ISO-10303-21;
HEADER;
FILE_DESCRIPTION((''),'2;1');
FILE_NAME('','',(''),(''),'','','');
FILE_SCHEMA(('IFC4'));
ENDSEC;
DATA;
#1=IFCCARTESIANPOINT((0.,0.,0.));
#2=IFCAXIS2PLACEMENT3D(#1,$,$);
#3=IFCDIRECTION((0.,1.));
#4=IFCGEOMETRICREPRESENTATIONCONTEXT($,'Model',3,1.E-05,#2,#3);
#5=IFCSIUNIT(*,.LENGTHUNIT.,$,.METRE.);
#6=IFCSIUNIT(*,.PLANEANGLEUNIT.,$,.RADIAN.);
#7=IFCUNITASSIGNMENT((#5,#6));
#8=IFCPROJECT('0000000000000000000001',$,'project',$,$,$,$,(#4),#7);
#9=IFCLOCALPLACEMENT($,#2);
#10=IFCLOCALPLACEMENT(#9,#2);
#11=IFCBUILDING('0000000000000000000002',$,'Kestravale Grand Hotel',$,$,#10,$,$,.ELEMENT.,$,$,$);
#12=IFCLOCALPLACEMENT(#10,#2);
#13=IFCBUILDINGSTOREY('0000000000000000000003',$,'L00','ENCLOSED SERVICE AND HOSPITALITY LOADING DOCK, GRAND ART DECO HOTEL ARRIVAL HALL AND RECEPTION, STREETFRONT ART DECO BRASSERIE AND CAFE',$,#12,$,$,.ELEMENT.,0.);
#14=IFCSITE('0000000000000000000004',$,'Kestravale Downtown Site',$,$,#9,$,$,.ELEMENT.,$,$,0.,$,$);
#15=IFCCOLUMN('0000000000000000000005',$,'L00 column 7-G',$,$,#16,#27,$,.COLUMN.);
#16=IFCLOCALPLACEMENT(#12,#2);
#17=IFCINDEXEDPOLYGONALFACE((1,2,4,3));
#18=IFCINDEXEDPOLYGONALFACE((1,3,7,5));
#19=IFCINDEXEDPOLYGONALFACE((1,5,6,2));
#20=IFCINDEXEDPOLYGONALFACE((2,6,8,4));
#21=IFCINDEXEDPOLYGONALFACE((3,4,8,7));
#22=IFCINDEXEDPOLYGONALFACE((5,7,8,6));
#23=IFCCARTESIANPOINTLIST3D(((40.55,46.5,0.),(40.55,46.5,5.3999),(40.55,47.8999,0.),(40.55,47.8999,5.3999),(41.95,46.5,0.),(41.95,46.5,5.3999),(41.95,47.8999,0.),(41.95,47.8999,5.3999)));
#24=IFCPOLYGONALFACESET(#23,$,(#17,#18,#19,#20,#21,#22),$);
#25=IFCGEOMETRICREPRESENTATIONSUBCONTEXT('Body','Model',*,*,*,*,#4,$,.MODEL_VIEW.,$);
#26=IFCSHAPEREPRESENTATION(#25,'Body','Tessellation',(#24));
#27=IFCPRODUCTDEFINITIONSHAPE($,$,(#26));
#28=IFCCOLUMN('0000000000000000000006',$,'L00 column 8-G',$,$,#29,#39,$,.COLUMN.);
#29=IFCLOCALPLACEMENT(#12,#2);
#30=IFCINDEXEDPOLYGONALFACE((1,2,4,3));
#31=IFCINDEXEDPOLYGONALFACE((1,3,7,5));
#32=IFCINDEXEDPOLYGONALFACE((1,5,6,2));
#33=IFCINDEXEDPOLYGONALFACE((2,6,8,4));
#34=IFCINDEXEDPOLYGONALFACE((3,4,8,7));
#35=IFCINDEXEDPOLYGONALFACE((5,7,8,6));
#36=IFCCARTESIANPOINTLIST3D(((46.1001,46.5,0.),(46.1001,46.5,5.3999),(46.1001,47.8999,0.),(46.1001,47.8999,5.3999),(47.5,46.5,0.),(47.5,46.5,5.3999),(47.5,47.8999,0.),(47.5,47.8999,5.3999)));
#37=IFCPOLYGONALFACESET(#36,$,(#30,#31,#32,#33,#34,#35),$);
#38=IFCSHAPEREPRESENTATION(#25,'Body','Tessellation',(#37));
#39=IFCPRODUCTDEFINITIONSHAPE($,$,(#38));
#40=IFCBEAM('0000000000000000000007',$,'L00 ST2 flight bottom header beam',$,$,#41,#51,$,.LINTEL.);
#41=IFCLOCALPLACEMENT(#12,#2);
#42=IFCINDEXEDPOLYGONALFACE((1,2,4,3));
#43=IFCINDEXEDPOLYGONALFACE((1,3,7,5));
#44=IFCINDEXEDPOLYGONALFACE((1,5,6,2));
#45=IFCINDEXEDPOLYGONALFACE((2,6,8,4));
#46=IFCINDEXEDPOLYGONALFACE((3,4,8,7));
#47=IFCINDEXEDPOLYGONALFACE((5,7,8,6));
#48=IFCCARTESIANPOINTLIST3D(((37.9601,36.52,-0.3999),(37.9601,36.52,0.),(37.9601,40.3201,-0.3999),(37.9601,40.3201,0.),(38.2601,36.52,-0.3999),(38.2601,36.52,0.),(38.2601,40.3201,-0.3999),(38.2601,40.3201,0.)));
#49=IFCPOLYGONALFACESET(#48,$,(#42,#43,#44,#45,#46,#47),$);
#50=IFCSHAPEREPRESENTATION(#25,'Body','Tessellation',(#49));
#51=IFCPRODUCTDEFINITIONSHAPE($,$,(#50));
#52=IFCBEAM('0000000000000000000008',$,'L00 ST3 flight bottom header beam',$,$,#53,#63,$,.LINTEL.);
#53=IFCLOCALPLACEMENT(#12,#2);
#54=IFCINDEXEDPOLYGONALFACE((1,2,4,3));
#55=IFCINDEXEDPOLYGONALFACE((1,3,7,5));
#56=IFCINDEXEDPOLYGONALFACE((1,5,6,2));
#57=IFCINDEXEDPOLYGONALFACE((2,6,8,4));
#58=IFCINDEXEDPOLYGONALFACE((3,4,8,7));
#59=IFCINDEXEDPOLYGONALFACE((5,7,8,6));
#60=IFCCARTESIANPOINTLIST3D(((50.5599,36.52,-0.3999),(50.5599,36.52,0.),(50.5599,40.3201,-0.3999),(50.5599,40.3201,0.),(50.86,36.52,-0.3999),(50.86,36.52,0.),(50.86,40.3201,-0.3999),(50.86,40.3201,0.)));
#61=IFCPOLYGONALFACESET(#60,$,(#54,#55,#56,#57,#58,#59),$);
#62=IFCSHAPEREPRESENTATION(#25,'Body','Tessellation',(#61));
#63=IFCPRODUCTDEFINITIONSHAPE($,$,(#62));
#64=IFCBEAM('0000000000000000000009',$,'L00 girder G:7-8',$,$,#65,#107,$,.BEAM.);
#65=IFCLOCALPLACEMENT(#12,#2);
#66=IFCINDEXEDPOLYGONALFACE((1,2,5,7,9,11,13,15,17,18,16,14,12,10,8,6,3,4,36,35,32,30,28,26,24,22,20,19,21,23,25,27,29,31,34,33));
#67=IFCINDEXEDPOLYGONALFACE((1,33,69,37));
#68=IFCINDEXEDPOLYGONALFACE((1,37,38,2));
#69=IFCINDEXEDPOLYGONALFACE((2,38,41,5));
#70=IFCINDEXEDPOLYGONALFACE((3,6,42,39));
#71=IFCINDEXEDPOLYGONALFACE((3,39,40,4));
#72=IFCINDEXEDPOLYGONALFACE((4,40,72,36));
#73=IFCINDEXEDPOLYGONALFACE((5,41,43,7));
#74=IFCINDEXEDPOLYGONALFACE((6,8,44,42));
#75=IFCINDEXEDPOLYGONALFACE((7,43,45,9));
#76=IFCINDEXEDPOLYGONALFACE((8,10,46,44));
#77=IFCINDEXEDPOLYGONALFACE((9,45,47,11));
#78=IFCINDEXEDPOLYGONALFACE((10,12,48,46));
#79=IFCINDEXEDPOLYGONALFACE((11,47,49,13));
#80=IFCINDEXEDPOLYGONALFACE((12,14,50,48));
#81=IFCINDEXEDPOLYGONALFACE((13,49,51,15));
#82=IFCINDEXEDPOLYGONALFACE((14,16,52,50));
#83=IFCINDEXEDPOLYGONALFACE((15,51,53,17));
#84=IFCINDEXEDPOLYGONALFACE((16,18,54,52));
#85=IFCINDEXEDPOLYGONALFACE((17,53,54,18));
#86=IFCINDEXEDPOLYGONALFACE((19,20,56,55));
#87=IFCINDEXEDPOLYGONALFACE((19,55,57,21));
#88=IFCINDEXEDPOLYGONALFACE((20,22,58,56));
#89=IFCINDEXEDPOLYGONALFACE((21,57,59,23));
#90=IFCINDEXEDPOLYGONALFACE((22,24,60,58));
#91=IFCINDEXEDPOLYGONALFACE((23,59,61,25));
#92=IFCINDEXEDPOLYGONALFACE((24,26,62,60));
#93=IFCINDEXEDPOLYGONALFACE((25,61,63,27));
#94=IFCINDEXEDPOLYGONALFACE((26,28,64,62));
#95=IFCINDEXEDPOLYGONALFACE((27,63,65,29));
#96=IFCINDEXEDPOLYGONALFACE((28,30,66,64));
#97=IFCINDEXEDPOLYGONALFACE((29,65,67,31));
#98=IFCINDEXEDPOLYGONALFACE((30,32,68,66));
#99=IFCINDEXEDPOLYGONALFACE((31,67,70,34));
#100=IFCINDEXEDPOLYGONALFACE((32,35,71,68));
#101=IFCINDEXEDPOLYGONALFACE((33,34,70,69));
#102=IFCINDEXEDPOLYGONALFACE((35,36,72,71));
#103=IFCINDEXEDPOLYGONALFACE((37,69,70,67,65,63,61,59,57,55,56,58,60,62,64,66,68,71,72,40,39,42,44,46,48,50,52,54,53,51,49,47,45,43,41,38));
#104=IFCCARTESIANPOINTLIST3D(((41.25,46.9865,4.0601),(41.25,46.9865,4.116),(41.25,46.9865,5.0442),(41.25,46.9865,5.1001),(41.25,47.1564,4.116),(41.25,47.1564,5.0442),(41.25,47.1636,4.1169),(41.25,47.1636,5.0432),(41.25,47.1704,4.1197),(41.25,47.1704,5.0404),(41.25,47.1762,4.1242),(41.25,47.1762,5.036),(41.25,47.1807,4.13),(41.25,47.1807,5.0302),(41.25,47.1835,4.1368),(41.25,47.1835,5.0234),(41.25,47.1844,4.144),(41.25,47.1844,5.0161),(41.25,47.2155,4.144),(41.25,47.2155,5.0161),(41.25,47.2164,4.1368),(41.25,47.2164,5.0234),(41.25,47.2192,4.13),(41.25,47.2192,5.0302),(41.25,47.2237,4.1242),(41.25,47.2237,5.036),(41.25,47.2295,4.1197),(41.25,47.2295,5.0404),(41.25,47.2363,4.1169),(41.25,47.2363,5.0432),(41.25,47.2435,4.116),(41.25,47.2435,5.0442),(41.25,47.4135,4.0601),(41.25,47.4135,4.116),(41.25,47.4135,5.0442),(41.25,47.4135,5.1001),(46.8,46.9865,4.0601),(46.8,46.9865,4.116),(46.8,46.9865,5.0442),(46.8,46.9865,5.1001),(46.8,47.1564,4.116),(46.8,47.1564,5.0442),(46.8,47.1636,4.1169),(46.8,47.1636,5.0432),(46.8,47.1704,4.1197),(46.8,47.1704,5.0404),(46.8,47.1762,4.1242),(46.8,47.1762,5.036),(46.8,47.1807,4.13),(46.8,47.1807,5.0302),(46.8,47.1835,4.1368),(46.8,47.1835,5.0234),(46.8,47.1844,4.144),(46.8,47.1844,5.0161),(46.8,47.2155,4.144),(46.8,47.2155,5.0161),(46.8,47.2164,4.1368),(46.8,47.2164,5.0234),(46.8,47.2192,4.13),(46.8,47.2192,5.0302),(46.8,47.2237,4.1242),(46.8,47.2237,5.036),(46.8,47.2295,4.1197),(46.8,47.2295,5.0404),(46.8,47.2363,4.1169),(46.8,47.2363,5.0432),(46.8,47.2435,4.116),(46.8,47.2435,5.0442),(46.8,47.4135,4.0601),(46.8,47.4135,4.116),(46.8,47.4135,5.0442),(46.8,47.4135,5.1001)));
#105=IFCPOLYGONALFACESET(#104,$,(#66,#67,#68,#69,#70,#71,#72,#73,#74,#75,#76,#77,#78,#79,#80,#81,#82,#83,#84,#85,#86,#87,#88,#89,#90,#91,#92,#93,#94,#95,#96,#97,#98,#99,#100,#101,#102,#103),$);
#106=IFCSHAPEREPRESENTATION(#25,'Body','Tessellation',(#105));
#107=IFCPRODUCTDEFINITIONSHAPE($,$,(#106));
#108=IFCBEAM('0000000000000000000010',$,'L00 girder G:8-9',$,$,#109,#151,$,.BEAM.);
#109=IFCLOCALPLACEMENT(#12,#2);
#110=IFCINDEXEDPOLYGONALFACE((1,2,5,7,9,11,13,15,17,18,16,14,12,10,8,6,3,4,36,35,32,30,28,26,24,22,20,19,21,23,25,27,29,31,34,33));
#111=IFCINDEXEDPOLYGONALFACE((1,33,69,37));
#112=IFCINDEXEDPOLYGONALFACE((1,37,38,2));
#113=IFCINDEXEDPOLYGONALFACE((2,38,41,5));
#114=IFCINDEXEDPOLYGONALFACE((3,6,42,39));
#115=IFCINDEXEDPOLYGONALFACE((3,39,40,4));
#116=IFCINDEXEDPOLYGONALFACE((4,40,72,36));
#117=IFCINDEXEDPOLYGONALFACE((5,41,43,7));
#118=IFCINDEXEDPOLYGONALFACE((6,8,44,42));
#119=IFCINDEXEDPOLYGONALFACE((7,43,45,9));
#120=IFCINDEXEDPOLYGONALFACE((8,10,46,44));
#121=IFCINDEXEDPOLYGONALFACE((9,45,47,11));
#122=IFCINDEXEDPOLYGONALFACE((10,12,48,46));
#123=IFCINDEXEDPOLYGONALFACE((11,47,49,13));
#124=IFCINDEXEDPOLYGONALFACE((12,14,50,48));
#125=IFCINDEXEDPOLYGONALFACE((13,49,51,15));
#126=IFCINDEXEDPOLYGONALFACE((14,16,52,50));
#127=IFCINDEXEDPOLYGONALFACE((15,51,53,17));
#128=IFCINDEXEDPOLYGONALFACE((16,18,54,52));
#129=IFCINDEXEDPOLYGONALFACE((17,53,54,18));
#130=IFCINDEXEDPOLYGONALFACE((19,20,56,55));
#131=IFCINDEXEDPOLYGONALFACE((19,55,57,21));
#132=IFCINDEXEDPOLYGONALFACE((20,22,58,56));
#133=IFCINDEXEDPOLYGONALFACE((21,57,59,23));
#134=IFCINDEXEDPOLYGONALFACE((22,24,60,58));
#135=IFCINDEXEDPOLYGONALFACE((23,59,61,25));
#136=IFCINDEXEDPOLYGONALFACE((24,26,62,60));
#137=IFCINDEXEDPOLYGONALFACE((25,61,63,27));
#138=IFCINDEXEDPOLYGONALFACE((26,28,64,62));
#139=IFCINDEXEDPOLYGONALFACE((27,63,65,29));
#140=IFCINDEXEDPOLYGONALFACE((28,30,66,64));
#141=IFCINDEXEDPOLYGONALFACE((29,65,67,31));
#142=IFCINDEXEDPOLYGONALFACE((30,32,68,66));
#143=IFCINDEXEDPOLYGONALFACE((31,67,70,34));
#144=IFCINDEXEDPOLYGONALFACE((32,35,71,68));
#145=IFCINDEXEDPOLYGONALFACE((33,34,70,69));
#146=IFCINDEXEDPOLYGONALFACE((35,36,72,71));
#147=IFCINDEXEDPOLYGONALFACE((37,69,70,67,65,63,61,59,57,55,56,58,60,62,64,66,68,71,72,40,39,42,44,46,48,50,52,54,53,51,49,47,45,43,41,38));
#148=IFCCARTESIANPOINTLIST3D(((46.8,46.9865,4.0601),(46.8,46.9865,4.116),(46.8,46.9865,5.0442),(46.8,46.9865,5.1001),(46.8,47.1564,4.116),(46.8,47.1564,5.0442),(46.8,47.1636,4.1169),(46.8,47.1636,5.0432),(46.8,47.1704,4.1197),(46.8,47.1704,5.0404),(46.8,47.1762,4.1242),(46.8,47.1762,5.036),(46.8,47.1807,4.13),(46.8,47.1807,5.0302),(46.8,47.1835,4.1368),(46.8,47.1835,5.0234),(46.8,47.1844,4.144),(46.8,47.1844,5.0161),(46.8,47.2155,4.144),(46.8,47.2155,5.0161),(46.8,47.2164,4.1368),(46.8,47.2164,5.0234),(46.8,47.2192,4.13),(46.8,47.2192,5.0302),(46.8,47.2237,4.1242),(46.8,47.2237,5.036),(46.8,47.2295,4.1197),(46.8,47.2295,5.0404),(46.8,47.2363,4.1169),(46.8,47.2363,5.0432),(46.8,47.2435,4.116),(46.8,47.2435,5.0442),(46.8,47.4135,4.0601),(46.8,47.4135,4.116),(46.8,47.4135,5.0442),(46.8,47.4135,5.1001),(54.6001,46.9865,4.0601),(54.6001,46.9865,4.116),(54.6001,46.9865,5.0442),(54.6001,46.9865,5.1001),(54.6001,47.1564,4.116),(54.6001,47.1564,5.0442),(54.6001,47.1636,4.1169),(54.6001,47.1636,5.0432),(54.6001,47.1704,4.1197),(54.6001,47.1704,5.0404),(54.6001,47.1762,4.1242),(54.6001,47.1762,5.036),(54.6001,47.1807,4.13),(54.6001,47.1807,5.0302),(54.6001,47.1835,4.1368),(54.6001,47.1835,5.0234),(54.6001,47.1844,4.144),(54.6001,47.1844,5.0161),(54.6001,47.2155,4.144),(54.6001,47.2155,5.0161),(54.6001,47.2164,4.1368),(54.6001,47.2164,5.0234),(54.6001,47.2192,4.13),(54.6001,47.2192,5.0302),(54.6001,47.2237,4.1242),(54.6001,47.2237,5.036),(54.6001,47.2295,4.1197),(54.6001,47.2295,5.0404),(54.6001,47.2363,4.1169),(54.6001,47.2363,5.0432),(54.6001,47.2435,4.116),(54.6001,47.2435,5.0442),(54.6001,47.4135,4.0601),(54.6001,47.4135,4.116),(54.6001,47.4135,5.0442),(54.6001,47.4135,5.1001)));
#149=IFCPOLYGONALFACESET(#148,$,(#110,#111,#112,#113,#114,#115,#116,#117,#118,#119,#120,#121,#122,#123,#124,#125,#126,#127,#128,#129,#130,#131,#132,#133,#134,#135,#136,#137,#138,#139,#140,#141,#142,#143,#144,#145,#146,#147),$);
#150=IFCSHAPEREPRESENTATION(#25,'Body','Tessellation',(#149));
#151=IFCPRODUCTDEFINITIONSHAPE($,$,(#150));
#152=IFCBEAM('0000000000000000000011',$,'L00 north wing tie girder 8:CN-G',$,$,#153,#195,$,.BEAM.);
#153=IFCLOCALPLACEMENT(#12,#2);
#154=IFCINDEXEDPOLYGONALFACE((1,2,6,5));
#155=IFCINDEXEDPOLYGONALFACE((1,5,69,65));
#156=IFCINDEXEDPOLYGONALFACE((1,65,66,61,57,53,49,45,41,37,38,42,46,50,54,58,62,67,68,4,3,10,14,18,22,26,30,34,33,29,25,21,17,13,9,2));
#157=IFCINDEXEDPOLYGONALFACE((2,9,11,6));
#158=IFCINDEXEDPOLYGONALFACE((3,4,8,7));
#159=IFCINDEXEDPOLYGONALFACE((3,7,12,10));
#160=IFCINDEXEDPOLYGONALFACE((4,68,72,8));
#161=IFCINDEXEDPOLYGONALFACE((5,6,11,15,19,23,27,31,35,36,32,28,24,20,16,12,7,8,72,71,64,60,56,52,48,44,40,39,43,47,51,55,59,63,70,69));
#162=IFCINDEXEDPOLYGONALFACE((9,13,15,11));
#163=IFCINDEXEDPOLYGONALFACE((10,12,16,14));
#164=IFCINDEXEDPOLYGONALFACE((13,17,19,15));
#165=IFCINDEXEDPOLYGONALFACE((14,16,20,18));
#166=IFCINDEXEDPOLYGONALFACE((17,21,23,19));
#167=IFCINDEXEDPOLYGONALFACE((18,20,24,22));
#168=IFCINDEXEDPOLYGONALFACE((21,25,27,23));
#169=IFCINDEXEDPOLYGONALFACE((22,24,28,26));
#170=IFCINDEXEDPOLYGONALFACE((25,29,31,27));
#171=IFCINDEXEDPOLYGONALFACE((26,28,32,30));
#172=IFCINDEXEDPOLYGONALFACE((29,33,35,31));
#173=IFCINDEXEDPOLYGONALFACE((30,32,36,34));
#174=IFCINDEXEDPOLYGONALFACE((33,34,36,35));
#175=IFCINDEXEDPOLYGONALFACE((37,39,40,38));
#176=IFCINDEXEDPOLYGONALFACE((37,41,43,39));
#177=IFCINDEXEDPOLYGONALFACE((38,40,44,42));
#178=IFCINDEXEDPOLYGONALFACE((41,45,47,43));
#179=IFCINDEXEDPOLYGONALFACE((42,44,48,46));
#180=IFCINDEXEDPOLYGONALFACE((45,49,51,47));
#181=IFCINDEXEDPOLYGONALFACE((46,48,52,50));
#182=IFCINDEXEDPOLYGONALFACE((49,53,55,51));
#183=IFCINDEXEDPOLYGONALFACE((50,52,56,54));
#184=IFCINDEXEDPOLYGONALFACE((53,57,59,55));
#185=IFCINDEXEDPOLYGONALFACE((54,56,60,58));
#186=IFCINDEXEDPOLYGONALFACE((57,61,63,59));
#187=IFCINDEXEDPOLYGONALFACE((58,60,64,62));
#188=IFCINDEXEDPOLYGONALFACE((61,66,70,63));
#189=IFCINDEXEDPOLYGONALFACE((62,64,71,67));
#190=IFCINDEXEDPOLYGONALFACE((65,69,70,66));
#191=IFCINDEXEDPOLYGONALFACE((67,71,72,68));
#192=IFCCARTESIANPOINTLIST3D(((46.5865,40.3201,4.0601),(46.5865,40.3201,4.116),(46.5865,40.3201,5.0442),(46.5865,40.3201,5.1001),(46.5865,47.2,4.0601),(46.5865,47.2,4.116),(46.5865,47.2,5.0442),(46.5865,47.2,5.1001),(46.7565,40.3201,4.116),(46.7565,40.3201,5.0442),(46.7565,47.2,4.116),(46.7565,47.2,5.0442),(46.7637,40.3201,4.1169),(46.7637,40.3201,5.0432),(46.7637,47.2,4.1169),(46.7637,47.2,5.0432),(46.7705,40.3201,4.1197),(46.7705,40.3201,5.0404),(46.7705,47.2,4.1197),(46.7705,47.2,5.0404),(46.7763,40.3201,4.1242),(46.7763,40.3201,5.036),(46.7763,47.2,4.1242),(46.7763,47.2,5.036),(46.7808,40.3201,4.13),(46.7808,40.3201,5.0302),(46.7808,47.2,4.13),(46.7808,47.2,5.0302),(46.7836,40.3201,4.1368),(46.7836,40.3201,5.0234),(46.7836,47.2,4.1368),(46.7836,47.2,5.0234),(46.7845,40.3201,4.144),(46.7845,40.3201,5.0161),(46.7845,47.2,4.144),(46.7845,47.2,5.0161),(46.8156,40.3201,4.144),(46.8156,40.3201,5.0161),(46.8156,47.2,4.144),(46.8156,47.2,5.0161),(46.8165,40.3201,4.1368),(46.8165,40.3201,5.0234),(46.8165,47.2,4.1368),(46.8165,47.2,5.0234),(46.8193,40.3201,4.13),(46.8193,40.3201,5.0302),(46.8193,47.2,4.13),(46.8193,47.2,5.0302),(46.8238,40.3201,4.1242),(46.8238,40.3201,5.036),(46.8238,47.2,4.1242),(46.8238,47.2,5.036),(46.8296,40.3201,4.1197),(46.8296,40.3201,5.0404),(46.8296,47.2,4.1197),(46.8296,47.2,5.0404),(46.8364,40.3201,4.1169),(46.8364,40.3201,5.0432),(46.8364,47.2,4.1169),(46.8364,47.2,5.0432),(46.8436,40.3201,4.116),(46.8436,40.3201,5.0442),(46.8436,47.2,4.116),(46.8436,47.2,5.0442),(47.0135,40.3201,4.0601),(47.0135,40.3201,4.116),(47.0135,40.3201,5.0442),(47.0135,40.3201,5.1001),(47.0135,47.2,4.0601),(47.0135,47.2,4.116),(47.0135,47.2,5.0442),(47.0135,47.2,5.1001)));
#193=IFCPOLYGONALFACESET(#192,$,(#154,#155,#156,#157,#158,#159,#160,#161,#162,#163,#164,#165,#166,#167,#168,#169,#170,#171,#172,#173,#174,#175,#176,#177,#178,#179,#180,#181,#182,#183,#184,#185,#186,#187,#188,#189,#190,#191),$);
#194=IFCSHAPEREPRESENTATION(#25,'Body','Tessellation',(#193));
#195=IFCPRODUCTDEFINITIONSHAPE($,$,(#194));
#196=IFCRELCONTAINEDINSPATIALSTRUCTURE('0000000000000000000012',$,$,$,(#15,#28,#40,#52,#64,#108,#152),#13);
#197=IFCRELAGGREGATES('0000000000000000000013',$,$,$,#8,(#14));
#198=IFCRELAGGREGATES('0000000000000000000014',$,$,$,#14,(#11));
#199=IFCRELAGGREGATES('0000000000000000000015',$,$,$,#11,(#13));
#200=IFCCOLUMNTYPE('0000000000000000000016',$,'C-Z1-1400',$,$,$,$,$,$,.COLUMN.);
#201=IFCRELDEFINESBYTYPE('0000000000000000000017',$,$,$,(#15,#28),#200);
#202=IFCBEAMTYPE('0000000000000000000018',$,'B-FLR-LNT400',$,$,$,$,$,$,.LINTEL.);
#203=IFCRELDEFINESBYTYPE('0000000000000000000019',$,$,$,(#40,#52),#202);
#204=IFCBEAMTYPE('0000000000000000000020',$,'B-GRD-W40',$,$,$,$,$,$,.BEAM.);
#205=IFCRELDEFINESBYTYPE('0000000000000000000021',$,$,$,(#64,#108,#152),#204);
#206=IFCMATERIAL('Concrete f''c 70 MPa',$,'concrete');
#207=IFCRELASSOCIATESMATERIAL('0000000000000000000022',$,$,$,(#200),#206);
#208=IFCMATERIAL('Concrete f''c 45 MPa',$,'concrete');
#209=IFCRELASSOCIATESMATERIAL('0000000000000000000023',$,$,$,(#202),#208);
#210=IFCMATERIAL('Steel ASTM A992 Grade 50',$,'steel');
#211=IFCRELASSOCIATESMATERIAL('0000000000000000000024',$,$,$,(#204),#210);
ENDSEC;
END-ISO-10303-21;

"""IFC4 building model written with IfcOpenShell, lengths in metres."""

from ifc_helpers import new_model, si_unit, direction, frame, origin, origin_2d, place, context, subcontext, project, spatial, rectangle, i_section, extrude, material, material_profile, profile_set, type_object, element, save


model = new_model("IFC4")

# Units and contexts
model_context = context("Model", 3, precision=1e-05, world=origin(), true_north=direction((0.0, 1.0)))
body_context = subcontext(model_context, "Body", "Model", "MODEL_VIEW")
ifc_project = project(units=[si_unit("LENGTHUNIT", "METRE"), si_unit("PLANEANGLEUNIT", "RADIAN")], contexts=[model_context])

# Site, building, storey
site_placement = place(None, origin())
site = spatial("IfcSite", under=ifc_project, at=site_placement, Name="Kestravale Downtown Site", CompositionType="ELEMENT", RefElevation=0.0)
building_placement = place(site_placement, origin())
building = spatial("IfcBuilding", under=site, at=building_placement, Name="Kestravale Grand Hotel", CompositionType="ELEMENT")
storey_placement = place(building_placement, origin())
storey = spatial("IfcBuildingStorey", under=building, at=storey_placement, Name="L00", Description="ENCLOSED SERVICE AND HOSPITALITY LOADING DOCK, GRAND ART DECO HOTEL ARRIVAL HALL AND RECEPTION, STREETFRONT ART DECO BRASSERIE AND CAFE", CompositionType="ELEMENT", Elevation=0.0)

# Columns
ifc_material_1 = material(Name="Concrete f'c 70 MPa", Category="concrete")
ifc_material_profile_1 = material_profile(ifc_material_1, rectangle(XDim=1.3999, YDim=1.3999, at=origin_2d()))
ifc_profile_set_1 = profile_set([ifc_material_profile_1], Name="Concrete f'c 70 MPa")
column_type = type_object("IfcColumnType", Name="C-Z1-1400", PredefinedType="COLUMN", material=ifc_profile_set_1)
for number, where, z_axis, x_axis, name in (
    (1, (41.25, 47.2, 0.0), (0.0, 0.0, 1.0), (1.0, 0.0, 0.0), "L00 column 7-G"),
    (2, (46.8, 47.2, 0.0), (0.0, 0.0, 1.0), (1.0, 0.0, 0.0), "L00 column 8-G"),
):
    element("IfcColumn", number, at=place(storey_placement, frame(where, z_axis=z_axis, x_axis=x_axis)), inside=storey, type_object=column_type, Name=name, PredefinedType="COLUMN", context=body_context, shape_type="SweptSolid", body=[
        extrude(rectangle(XDim=1.3999, YDim=1.3999, at=origin_2d()), origin(), (0.0, 0.0, 1.0), 5.3999),
    ])

# Beams
ifc_material_2 = material(Name="Concrete f'c 45 MPa", Category="concrete")
ifc_material_profile_2 = material_profile(ifc_material_2, rectangle(XDim=0.3, YDim=0.3999, at=origin_2d()))
ifc_profile_set_2 = profile_set([ifc_material_profile_2], Name="Concrete f'c 45 MPa")
beam_type_1 = type_object("IfcBeamType", Name="B-FLR-LNT400", PredefinedType="LINTEL", material=ifc_profile_set_2)
for number, where, z_axis, x_axis, name in (
    (3, (38.1101, 36.52, -0.2), (0.0, 1.0, 0.0), (-1.0, 0.0, 0.0), "L00 ST2 flight bottom header beam"),
    (4, (50.71, 36.52, -0.2), (0.0, 1.0, 0.0), (-1.0, 0.0, 0.0), "L00 ST3 flight bottom header beam"),
):
    element("IfcBeam", number, at=place(storey_placement, frame(where, z_axis=z_axis, x_axis=x_axis)), inside=storey, type_object=beam_type_1, Name=name, PredefinedType="LINTEL", context=body_context, shape_type="SweptSolid", body=[
        extrude(rectangle(XDim=0.3, YDim=0.3999, at=origin_2d()), origin(), (0.0, 0.0, 1.0), 3.8),
    ])
ifc_material_3 = material(Name="Steel ASTM A992 Grade 50", Category="steel")
ifc_material_profile_3 = material_profile(ifc_material_3, i_section(OverallWidth=0.427, OverallDepth=1.04, WebThickness=0.031, FlangeThickness=0.0559, FilletRadius=0.0281, at=origin_2d()))
ifc_profile_set_3 = profile_set([ifc_material_profile_3], Name="Steel ASTM A992 Grade 50")
beam_type_2 = type_object("IfcBeamType", Name="B-GRD-W40", PredefinedType="BEAM", material=ifc_profile_set_3)
beam_1_placement = place(storey_placement, frame((41.25, 47.2, 4.5801), z_axis=(1.0, 0.0, 0.0), x_axis=(0.0, 1.0, 0.0)))
element("IfcBeam", 5, at=beam_1_placement, inside=storey, type_object=beam_type_2, Name="L00 girder G:7-8", PredefinedType="BEAM", context=body_context, shape_type="SweptSolid", body=[
    extrude(i_section(OverallWidth=0.427, OverallDepth=1.04, WebThickness=0.031, FlangeThickness=0.0559, FilletRadius=0.0281, at=origin_2d()), origin(), (0.0, 0.0, 1.0), 5.55),
])
beam_2_placement = place(storey_placement, frame((46.8, 47.2, 4.5801), z_axis=(1.0, 0.0, 0.0), x_axis=(0.0, 1.0, 0.0)))
element("IfcBeam", 6, at=beam_2_placement, inside=storey, type_object=beam_type_2, Name="L00 girder G:8-9", PredefinedType="BEAM", context=body_context, shape_type="SweptSolid", body=[
    extrude(i_section(OverallWidth=0.427, OverallDepth=1.04, WebThickness=0.031, FlangeThickness=0.0559, FilletRadius=0.0281, at=origin_2d()), origin(), (0.0, 0.0, 1.0), 7.8),
])
beam_3_placement = place(storey_placement, frame((46.8, 40.3201, 4.5801), z_axis=(0.0, 1.0, 0.0), x_axis=(-1.0, 0.0, 0.0)))
element("IfcBeam", 7, at=beam_3_placement, inside=storey, type_object=beam_type_2, Name="L00 north wing tie girder 8:CN-G", PredefinedType="BEAM", context=body_context, shape_type="SweptSolid", body=[
    extrude(i_section(OverallWidth=0.427, OverallDepth=1.04, WebThickness=0.031, FlangeThickness=0.0559, FilletRadius=0.0281, at=origin_2d()), origin(), (0.0, 0.0, 1.0), 6.8799),
])

save(model, "model.ifc")
